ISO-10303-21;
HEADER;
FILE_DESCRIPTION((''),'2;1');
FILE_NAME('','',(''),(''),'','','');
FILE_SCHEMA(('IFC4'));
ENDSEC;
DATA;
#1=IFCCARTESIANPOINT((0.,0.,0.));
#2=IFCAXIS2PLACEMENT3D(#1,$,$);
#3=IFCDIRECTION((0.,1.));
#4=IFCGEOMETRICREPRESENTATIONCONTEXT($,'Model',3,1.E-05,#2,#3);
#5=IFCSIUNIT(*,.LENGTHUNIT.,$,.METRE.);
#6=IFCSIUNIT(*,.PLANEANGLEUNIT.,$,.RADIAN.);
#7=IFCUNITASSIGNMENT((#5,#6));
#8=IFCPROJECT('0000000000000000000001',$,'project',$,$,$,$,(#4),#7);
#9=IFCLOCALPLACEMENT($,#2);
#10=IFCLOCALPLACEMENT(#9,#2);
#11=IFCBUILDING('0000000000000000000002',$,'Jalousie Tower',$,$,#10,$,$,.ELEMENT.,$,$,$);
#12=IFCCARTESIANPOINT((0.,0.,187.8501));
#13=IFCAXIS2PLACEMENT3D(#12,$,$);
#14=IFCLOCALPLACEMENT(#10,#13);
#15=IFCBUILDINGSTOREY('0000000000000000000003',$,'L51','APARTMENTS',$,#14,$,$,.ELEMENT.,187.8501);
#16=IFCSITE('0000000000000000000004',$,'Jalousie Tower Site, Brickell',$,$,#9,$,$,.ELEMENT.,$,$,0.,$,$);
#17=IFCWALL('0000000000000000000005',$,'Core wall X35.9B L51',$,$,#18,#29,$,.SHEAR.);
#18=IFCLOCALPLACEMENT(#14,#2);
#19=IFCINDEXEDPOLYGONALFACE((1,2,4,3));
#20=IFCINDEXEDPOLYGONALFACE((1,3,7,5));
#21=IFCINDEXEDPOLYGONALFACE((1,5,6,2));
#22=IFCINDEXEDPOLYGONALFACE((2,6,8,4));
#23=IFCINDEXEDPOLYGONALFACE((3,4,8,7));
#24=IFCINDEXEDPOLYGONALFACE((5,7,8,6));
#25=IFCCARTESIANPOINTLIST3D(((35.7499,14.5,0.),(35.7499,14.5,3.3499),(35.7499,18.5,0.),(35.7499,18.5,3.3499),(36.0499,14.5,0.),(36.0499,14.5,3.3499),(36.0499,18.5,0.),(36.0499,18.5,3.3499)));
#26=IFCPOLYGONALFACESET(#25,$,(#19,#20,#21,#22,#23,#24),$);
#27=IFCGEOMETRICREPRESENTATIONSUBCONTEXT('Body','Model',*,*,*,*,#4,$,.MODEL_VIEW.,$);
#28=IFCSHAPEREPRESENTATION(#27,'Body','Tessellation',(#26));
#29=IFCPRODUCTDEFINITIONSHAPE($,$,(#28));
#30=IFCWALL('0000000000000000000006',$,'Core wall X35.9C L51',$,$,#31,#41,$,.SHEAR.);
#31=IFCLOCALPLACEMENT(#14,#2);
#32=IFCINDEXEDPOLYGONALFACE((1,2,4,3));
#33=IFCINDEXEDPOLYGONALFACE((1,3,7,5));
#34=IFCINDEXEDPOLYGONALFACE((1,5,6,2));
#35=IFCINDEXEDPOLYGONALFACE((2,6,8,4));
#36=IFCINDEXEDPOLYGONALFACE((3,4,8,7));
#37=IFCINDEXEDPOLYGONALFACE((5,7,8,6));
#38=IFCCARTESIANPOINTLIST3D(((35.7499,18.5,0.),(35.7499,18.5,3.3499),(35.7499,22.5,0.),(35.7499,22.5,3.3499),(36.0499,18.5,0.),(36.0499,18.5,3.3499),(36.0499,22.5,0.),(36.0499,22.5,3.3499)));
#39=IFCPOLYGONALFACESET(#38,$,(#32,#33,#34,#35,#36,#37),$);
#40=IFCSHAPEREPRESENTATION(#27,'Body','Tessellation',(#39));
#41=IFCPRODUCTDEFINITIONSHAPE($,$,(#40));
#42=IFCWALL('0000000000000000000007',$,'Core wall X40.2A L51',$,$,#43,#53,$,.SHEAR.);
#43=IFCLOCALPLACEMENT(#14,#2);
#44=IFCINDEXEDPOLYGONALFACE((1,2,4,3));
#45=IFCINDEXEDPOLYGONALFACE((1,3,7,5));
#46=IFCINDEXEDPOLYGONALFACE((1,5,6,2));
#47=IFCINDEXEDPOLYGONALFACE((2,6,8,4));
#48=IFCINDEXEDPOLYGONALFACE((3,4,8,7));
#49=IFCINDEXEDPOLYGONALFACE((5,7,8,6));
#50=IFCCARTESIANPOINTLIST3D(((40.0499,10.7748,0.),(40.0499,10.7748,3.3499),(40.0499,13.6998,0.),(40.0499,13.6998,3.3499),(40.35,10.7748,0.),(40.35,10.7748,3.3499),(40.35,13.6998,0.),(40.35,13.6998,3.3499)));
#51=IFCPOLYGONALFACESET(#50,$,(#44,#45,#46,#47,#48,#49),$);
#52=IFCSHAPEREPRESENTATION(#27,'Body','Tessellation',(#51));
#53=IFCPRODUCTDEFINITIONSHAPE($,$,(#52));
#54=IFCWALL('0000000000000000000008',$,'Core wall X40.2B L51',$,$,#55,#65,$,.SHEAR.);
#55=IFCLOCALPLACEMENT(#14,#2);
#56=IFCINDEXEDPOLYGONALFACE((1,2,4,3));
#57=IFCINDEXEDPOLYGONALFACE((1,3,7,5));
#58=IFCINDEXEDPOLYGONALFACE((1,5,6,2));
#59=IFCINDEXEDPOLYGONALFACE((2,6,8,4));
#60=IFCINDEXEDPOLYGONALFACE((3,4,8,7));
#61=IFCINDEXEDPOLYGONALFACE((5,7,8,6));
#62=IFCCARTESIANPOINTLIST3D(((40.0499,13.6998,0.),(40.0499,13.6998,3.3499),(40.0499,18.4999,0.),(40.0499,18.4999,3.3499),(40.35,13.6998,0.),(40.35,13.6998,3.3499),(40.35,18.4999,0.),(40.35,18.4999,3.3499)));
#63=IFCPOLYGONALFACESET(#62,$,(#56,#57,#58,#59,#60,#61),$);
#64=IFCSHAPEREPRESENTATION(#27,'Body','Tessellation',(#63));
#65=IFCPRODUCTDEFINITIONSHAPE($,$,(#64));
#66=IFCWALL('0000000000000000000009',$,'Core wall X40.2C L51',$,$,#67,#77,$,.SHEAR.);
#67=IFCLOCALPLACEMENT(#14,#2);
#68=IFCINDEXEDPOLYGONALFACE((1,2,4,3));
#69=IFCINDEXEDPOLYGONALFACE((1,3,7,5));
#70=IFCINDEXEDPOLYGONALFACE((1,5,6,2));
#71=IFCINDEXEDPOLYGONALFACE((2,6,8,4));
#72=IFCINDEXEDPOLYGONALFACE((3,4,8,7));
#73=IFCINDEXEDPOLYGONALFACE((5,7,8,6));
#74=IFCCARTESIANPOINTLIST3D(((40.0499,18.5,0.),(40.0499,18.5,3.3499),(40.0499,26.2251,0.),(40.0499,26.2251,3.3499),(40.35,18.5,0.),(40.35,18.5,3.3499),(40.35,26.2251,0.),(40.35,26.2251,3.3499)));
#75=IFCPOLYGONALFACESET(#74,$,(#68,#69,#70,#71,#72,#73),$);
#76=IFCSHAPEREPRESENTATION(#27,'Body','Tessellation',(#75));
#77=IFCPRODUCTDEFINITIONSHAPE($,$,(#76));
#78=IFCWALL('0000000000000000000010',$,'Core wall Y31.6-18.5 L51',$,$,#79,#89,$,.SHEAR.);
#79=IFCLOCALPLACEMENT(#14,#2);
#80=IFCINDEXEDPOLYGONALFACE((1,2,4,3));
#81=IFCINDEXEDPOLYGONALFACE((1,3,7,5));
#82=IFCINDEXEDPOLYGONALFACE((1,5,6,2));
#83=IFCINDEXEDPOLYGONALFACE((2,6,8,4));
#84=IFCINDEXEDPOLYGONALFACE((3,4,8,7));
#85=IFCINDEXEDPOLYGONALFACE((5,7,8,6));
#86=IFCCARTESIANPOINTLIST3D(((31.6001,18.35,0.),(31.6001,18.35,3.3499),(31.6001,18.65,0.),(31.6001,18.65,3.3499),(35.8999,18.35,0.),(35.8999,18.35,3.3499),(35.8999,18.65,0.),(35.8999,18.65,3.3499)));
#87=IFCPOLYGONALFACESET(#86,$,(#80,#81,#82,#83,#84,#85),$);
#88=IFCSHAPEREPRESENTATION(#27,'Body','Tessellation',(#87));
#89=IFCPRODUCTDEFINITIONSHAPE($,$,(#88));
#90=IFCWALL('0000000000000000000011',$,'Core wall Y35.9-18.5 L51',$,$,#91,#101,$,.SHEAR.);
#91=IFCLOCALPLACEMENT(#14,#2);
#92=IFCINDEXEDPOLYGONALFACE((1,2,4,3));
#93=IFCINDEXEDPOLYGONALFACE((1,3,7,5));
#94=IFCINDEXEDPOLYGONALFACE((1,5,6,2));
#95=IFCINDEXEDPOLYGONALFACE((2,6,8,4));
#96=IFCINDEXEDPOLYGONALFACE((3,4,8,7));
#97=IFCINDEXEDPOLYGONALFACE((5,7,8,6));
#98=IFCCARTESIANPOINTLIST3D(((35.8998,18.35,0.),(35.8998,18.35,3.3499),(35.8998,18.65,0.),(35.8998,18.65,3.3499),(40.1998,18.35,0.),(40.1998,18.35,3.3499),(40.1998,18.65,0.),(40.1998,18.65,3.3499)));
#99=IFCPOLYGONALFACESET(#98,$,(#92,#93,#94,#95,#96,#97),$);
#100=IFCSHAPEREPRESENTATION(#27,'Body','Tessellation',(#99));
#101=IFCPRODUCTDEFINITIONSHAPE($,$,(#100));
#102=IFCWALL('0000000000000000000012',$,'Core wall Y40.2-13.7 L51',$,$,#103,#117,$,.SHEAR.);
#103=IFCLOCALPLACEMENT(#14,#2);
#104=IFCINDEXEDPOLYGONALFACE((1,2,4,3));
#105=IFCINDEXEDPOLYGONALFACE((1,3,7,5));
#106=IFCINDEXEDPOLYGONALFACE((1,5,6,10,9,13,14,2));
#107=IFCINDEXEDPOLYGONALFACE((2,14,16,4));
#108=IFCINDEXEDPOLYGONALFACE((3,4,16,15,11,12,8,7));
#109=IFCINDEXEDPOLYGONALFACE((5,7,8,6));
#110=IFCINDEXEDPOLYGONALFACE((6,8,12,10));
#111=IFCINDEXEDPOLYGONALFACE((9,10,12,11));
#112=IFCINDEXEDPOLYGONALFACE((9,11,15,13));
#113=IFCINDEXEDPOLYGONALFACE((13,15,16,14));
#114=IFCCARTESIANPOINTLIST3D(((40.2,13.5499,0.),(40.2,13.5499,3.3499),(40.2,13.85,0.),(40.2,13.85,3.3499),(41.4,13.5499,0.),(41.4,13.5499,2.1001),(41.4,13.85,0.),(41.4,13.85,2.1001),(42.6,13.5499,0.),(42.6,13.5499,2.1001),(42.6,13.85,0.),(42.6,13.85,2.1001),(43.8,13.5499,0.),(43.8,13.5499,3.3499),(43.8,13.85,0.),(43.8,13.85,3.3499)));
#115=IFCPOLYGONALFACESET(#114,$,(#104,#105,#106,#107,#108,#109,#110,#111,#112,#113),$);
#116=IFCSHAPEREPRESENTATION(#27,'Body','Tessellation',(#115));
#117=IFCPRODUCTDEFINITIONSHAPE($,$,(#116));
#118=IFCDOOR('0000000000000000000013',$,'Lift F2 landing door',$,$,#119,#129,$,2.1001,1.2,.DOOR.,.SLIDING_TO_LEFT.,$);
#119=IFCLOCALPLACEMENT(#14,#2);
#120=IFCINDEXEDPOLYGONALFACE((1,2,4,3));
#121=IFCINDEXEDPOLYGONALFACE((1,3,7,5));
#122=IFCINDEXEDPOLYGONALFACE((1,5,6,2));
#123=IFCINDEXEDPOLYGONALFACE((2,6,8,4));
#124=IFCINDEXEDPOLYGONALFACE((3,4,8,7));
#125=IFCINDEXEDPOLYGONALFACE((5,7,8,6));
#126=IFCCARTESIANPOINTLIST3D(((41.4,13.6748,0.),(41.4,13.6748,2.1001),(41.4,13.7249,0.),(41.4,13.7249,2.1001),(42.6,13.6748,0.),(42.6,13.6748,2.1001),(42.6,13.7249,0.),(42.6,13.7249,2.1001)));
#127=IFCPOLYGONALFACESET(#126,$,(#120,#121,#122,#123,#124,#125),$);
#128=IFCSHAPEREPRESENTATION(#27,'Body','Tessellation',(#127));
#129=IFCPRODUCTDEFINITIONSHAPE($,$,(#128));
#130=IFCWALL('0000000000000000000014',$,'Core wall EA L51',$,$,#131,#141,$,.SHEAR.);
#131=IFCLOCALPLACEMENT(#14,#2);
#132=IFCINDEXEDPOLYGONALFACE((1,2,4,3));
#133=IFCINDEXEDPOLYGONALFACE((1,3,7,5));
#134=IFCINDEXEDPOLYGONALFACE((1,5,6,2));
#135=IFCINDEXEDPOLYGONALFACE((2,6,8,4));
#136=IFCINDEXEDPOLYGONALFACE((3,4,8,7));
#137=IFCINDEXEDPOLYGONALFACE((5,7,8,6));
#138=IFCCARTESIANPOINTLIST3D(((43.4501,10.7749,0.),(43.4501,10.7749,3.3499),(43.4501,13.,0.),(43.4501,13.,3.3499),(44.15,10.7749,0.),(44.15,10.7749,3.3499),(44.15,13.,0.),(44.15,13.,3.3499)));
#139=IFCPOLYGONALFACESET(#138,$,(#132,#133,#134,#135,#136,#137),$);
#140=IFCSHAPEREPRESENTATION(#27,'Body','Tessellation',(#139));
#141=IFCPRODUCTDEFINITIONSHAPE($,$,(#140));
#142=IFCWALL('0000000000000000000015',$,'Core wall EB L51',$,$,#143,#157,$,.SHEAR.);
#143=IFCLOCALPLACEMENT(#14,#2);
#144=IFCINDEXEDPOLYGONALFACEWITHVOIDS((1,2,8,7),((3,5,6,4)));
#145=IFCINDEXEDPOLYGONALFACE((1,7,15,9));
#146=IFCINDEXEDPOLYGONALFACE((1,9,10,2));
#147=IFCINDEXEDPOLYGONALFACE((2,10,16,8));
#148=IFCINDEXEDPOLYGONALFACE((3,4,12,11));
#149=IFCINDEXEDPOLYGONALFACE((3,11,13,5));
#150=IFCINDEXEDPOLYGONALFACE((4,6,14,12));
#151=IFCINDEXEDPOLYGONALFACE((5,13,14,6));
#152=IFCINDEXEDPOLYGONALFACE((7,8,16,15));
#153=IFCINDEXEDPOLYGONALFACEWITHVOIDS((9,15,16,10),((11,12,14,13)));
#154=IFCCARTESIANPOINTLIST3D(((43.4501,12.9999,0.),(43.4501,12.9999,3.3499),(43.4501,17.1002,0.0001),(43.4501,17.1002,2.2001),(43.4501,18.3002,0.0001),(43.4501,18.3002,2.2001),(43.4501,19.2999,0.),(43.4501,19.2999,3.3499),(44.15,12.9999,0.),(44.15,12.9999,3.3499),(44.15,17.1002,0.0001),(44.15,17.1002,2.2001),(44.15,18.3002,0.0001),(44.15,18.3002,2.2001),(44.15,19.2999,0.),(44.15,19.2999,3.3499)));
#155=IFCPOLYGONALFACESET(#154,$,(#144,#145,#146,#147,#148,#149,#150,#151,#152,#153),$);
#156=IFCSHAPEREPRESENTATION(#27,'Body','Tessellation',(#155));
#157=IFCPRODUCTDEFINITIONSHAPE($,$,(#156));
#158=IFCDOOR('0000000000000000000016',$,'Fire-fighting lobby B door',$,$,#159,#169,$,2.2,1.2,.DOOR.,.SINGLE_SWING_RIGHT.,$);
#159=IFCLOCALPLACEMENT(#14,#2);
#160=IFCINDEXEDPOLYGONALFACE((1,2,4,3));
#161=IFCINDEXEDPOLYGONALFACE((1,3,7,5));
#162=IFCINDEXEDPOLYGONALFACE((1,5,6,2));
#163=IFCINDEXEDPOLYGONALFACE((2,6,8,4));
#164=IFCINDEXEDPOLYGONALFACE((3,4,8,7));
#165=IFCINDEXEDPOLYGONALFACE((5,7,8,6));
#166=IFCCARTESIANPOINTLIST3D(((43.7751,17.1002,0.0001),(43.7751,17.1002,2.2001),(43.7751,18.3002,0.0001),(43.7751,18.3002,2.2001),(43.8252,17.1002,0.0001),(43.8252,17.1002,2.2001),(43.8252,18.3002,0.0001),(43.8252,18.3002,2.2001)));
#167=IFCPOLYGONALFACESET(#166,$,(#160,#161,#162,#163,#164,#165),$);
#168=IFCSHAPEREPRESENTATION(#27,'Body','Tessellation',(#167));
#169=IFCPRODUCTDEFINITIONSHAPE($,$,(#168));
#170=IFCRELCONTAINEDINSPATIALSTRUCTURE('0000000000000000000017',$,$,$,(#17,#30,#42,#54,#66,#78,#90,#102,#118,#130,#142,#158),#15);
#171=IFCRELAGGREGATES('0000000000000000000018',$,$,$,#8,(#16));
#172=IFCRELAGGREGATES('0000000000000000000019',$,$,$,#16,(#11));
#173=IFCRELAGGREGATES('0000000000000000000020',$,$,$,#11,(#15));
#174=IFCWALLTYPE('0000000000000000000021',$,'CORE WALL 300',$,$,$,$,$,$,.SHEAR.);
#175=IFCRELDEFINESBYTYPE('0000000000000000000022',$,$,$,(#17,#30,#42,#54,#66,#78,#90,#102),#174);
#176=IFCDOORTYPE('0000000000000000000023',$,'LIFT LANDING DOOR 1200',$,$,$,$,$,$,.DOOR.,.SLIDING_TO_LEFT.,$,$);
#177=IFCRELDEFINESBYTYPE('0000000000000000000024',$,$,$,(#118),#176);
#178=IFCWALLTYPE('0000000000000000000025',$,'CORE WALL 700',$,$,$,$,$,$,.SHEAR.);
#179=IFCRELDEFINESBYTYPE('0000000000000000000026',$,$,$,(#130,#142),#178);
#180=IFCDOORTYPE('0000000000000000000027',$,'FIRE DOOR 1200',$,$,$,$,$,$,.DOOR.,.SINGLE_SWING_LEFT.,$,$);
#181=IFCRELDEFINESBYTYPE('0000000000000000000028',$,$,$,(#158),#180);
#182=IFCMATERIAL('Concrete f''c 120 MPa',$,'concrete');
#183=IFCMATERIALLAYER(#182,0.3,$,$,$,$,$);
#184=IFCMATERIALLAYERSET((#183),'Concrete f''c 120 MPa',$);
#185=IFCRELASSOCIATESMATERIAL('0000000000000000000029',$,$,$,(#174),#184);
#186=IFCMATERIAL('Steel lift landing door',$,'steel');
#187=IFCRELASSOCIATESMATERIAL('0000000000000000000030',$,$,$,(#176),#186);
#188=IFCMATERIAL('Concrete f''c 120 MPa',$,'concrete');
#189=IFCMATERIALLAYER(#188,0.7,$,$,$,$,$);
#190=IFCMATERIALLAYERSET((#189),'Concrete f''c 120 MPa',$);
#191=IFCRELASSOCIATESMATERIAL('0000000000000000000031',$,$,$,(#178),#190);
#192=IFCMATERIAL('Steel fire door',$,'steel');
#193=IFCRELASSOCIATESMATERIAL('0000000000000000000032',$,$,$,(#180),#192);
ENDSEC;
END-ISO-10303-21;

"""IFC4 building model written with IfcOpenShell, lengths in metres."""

from ifc_helpers import new_model, si_unit, direction, frame, frame_2d, origin, place, context, subcontext, project, spatial, rectangle, extrude, material, layer, layer_set, type_object, element, fill, save


model = new_model("IFC4")

# Units and contexts
model_context = context("Model", 3, precision=1e-05, world=origin(), true_north=direction((0.0, 1.0)))
body_context = subcontext(model_context, "Body", "Model", "MODEL_VIEW")
ifc_project = project(units=[si_unit("LENGTHUNIT", "METRE"), si_unit("PLANEANGLEUNIT", "RADIAN")], contexts=[model_context])

# Site, building, storey
site_placement = place(None, origin())
site = spatial("IfcSite", under=ifc_project, at=site_placement, Name="Jalousie Tower Site, Brickell", CompositionType="ELEMENT", RefElevation=0.0)
building_placement = place(site_placement, origin())
building = spatial("IfcBuilding", under=site, at=building_placement, Name="Jalousie Tower", CompositionType="ELEMENT")
storey_placement = place(building_placement, frame((0.0, 0.0, 187.8501)))
storey = spatial("IfcBuildingStorey", under=building, at=storey_placement, Name="L51", Description="APARTMENTS", CompositionType="ELEMENT", Elevation=187.8501)

# Walls
ifc_material_1 = material(Name="Concrete f'c 120 MPa", Category="concrete")
ifc_layer_1 = layer(ifc_material_1, 0.3)
ifc_layer_set_1 = layer_set([ifc_layer_1], Name="Concrete f'c 120 MPa")
wall_type_1 = type_object("IfcWallType", Name="CORE WALL 300", PredefinedType="SHEAR", material=ifc_layer_set_1)
for number, where, z_axis, x_axis, name in (
    (1, (35.8999, 14.5, 0.0), (0.0, 0.0, 1.0), (0.0, 1.0, 0.0), "Core wall X35.9B L51"),
    (2, (35.8999, 18.5, 0.0), (0.0, 0.0, 1.0), (0.0, 1.0, 0.0), "Core wall X35.9C L51"),
):
    element("IfcWall", number, at=place(storey_placement, frame(where, z_axis=z_axis, x_axis=x_axis)), inside=storey, type_object=wall_type_1, Name=name, PredefinedType="SHEAR", context=body_context, shape_type="SweptSolid", body=[
        extrude(rectangle(XDim=4.0, YDim=0.3, at=frame_2d((2.0, 0.0))), origin(), (0.0, 0.0, 1.0), 3.3499),
    ])
wall_1_placement = place(storey_placement, frame((40.2, 10.7749, 0.0), z_axis=(0.0, 0.0, 1.0), x_axis=(0.0, 1.0, 0.0)))
element("IfcWall", 3, at=wall_1_placement, inside=storey, type_object=wall_type_1, Name="Core wall X40.2A L51", PredefinedType="SHEAR", context=body_context, shape_type="SweptSolid", body=[
    extrude(rectangle(XDim=2.925, YDim=0.3, at=frame_2d((1.4624, 0.0))), origin(), (0.0, 0.0, 1.0), 3.3499),
])
wall_2_placement = place(storey_placement, frame((40.2, 13.7, 0.0), z_axis=(0.0, 0.0, 1.0), x_axis=(0.0, 1.0, 0.0)))
element("IfcWall", 4, at=wall_2_placement, inside=storey, type_object=wall_type_1, Name="Core wall X40.2B L51", PredefinedType="SHEAR", context=body_context, shape_type="SweptSolid", body=[
    extrude(rectangle(XDim=4.8, YDim=0.3, at=frame_2d((2.3999, 0.0))), origin(), (0.0, 0.0, 1.0), 3.3499),
])
wall_3_placement = place(storey_placement, frame((40.2, 18.5, 0.0), z_axis=(0.0, 0.0, 1.0), x_axis=(0.0, 1.0, 0.0)))
element("IfcWall", 5, at=wall_3_placement, inside=storey, type_object=wall_type_1, Name="Core wall X40.2C L51", PredefinedType="SHEAR", context=body_context, shape_type="SweptSolid", body=[
    extrude(rectangle(XDim=7.7251, YDim=0.3, at=frame_2d((3.8625, 0.0))), origin(), (0.0, 0.0, 1.0), 3.3499),
])
wall_4_placement = place(storey_placement, frame((31.6001, 18.5, 0.0), z_axis=(0.0, 0.0, 1.0), x_axis=(1.0, 0.0, 0.0)))
element("IfcWall", 6, at=wall_4_placement, inside=storey, type_object=wall_type_1, Name="Core wall Y31.6-18.5 L51", PredefinedType="SHEAR", context=body_context, shape_type="SweptSolid", body=[
    extrude(rectangle(XDim=4.2998, YDim=0.3, at=frame_2d((2.1499, 0.0))), origin(), (0.0, 0.0, 1.0), 3.3499),
])
wall_5_placement = place(storey_placement, frame((35.8999, 18.5, 0.0), z_axis=(0.0, 0.0, 1.0), x_axis=(1.0, 0.0, 0.0)))
element("IfcWall", 7, at=wall_5_placement, inside=storey, type_object=wall_type_1, Name="Core wall Y35.9-18.5 L51", PredefinedType="SHEAR", context=body_context, shape_type="SweptSolid", body=[
    extrude(rectangle(XDim=4.3, YDim=0.3, at=frame_2d((2.1499, 0.0))), origin(), (0.0, 0.0, 1.0), 3.3499),
])

# Wall, opening, door
wall_6_placement = place(storey_placement, frame((40.2, 13.7, 0.0), z_axis=(0.0, 0.0, 1.0), x_axis=(1.0, 0.0, 0.0)))
wall_6 = element("IfcWall", 8, at=wall_6_placement, inside=storey, type_object=wall_type_1, Name="Core wall Y40.2-13.7 L51", PredefinedType="SHEAR", context=body_context, shape_type="SweptSolid", body=[
    extrude(rectangle(XDim=3.6001, YDim=0.3, at=frame_2d((1.8, 0.0))), origin(), (0.0, 0.0, 1.0), 3.3499),
])
opening_1_placement = place(wall_6_placement, frame((1.2, 0.0, 0.0)))
opening_1 = element("IfcOpeningElement", 9, at=opening_1_placement, cuts=wall_6, PredefinedType="OPENING", context=body_context, shape_type="SweptSolid", body=[
    extrude(rectangle(XDim=1.2, YDim=2.1001, at=frame_2d((0.6001, 1.05))), frame((0.0, 0.1599, 0.0), z_axis=(0.0, -1.0, 0.0), x_axis=(1.0, 0.0, 0.0)), (0.0, 0.0, 1.0), 0.3201),
])
ifc_material_2 = material(Name="Steel lift landing door", Category="steel")
door_type_1 = type_object("IfcDoorType", Name="LIFT LANDING DOOR 1200", OperationType="SLIDING_TO_LEFT", PredefinedType="DOOR", material=ifc_material_2)
door_1_placement = place(opening_1_placement, origin())
door_1 = element("IfcDoor", 10, at=door_1_placement, inside=storey, type_object=door_type_1, Name="Lift F2 landing door", OperationType="SLIDING_TO_LEFT", OverallHeight=2.1001, OverallWidth=1.2, PredefinedType="DOOR", context=body_context, shape_type="SweptSolid", body=[
    extrude(rectangle(XDim=1.2, YDim=2.1001, at=frame_2d((0.6001, 1.05))), frame((0.0, 0.0249, 0.0), z_axis=(0.0, -1.0, 0.0), x_axis=(1.0, 0.0, 0.0)), (0.0, 0.0, 1.0), 0.05),
])
fill(opening_1, door_1)

# Wall
ifc_material_3 = material(Name="Concrete f'c 120 MPa", Category="concrete")
ifc_layer_2 = layer(ifc_material_3, 0.7)
ifc_layer_set_2 = layer_set([ifc_layer_2], Name="Concrete f'c 120 MPa")
wall_type_2 = type_object("IfcWallType", Name="CORE WALL 700", PredefinedType="SHEAR", material=ifc_layer_set_2)
wall_7_placement = place(storey_placement, frame((43.8, 10.7749, 0.0), z_axis=(0.0, 0.0, 1.0), x_axis=(0.0, 1.0, 0.0)))
element("IfcWall", 11, at=wall_7_placement, inside=storey, type_object=wall_type_2, Name="Core wall EA L51", PredefinedType="SHEAR", context=body_context, shape_type="SweptSolid", body=[
    extrude(rectangle(XDim=2.2251, YDim=0.7, at=frame_2d((1.1125, 0.0))), origin(), (0.0, 0.0, 1.0), 3.3499),
])

# Wall, opening, door
wall_8_placement = place(storey_placement, frame((43.8, 13.0, 0.0), z_axis=(0.0, 0.0, 1.0), x_axis=(0.0, 1.0, 0.0)))
wall_8 = element("IfcWall", 12, at=wall_8_placement, inside=storey, type_object=wall_type_2, Name="Core wall EB L51", PredefinedType="SHEAR", context=body_context, shape_type="SweptSolid", body=[
    extrude(rectangle(XDim=6.3, YDim=0.7, at=frame_2d((3.1499, 0.0))), origin(), (0.0, 0.0, 1.0), 3.3499),
])
opening_2_placement = place(wall_8_placement, frame((4.1001, 0.0, 0.0)))
opening_2 = element("IfcOpeningElement", 13, at=opening_2_placement, cuts=wall_8, PredefinedType="OPENING", context=body_context, shape_type="SweptSolid", body=[
    extrude(rectangle(XDim=1.2, YDim=2.2, at=frame_2d((0.6001, 1.1001))), frame((0.0, 0.3599, 0.0), z_axis=(0.0, -1.0, 0.0), x_axis=(1.0, 0.0, 0.0)), (0.0, 0.0, 1.0), 0.72),
])
ifc_material_4 = material(Name="Steel fire door", Category="steel")
door_type_2 = type_object("IfcDoorType", Name="FIRE DOOR 1200", OperationType="SINGLE_SWING_LEFT", PredefinedType="DOOR", material=ifc_material_4)
door_2_placement = place(opening_2_placement, origin())
door_2 = element("IfcDoor", 14, at=door_2_placement, inside=storey, type_object=door_type_2, Name="Fire-fighting lobby B door", OperationType="SINGLE_SWING_RIGHT", OverallHeight=2.2, OverallWidth=1.2, PredefinedType="DOOR", context=body_context, shape_type="SweptSolid", body=[
    extrude(rectangle(XDim=1.2, YDim=2.2, at=frame_2d((0.6001, 1.1001))), frame((0.0, 0.0249, 0.0), z_axis=(0.0, -1.0, 0.0), x_axis=(1.0, 0.0, 0.0)), (0.0, 0.0, 1.0), 0.05),
])
fill(opening_2, door_2)

save(model, "model.ifc")
